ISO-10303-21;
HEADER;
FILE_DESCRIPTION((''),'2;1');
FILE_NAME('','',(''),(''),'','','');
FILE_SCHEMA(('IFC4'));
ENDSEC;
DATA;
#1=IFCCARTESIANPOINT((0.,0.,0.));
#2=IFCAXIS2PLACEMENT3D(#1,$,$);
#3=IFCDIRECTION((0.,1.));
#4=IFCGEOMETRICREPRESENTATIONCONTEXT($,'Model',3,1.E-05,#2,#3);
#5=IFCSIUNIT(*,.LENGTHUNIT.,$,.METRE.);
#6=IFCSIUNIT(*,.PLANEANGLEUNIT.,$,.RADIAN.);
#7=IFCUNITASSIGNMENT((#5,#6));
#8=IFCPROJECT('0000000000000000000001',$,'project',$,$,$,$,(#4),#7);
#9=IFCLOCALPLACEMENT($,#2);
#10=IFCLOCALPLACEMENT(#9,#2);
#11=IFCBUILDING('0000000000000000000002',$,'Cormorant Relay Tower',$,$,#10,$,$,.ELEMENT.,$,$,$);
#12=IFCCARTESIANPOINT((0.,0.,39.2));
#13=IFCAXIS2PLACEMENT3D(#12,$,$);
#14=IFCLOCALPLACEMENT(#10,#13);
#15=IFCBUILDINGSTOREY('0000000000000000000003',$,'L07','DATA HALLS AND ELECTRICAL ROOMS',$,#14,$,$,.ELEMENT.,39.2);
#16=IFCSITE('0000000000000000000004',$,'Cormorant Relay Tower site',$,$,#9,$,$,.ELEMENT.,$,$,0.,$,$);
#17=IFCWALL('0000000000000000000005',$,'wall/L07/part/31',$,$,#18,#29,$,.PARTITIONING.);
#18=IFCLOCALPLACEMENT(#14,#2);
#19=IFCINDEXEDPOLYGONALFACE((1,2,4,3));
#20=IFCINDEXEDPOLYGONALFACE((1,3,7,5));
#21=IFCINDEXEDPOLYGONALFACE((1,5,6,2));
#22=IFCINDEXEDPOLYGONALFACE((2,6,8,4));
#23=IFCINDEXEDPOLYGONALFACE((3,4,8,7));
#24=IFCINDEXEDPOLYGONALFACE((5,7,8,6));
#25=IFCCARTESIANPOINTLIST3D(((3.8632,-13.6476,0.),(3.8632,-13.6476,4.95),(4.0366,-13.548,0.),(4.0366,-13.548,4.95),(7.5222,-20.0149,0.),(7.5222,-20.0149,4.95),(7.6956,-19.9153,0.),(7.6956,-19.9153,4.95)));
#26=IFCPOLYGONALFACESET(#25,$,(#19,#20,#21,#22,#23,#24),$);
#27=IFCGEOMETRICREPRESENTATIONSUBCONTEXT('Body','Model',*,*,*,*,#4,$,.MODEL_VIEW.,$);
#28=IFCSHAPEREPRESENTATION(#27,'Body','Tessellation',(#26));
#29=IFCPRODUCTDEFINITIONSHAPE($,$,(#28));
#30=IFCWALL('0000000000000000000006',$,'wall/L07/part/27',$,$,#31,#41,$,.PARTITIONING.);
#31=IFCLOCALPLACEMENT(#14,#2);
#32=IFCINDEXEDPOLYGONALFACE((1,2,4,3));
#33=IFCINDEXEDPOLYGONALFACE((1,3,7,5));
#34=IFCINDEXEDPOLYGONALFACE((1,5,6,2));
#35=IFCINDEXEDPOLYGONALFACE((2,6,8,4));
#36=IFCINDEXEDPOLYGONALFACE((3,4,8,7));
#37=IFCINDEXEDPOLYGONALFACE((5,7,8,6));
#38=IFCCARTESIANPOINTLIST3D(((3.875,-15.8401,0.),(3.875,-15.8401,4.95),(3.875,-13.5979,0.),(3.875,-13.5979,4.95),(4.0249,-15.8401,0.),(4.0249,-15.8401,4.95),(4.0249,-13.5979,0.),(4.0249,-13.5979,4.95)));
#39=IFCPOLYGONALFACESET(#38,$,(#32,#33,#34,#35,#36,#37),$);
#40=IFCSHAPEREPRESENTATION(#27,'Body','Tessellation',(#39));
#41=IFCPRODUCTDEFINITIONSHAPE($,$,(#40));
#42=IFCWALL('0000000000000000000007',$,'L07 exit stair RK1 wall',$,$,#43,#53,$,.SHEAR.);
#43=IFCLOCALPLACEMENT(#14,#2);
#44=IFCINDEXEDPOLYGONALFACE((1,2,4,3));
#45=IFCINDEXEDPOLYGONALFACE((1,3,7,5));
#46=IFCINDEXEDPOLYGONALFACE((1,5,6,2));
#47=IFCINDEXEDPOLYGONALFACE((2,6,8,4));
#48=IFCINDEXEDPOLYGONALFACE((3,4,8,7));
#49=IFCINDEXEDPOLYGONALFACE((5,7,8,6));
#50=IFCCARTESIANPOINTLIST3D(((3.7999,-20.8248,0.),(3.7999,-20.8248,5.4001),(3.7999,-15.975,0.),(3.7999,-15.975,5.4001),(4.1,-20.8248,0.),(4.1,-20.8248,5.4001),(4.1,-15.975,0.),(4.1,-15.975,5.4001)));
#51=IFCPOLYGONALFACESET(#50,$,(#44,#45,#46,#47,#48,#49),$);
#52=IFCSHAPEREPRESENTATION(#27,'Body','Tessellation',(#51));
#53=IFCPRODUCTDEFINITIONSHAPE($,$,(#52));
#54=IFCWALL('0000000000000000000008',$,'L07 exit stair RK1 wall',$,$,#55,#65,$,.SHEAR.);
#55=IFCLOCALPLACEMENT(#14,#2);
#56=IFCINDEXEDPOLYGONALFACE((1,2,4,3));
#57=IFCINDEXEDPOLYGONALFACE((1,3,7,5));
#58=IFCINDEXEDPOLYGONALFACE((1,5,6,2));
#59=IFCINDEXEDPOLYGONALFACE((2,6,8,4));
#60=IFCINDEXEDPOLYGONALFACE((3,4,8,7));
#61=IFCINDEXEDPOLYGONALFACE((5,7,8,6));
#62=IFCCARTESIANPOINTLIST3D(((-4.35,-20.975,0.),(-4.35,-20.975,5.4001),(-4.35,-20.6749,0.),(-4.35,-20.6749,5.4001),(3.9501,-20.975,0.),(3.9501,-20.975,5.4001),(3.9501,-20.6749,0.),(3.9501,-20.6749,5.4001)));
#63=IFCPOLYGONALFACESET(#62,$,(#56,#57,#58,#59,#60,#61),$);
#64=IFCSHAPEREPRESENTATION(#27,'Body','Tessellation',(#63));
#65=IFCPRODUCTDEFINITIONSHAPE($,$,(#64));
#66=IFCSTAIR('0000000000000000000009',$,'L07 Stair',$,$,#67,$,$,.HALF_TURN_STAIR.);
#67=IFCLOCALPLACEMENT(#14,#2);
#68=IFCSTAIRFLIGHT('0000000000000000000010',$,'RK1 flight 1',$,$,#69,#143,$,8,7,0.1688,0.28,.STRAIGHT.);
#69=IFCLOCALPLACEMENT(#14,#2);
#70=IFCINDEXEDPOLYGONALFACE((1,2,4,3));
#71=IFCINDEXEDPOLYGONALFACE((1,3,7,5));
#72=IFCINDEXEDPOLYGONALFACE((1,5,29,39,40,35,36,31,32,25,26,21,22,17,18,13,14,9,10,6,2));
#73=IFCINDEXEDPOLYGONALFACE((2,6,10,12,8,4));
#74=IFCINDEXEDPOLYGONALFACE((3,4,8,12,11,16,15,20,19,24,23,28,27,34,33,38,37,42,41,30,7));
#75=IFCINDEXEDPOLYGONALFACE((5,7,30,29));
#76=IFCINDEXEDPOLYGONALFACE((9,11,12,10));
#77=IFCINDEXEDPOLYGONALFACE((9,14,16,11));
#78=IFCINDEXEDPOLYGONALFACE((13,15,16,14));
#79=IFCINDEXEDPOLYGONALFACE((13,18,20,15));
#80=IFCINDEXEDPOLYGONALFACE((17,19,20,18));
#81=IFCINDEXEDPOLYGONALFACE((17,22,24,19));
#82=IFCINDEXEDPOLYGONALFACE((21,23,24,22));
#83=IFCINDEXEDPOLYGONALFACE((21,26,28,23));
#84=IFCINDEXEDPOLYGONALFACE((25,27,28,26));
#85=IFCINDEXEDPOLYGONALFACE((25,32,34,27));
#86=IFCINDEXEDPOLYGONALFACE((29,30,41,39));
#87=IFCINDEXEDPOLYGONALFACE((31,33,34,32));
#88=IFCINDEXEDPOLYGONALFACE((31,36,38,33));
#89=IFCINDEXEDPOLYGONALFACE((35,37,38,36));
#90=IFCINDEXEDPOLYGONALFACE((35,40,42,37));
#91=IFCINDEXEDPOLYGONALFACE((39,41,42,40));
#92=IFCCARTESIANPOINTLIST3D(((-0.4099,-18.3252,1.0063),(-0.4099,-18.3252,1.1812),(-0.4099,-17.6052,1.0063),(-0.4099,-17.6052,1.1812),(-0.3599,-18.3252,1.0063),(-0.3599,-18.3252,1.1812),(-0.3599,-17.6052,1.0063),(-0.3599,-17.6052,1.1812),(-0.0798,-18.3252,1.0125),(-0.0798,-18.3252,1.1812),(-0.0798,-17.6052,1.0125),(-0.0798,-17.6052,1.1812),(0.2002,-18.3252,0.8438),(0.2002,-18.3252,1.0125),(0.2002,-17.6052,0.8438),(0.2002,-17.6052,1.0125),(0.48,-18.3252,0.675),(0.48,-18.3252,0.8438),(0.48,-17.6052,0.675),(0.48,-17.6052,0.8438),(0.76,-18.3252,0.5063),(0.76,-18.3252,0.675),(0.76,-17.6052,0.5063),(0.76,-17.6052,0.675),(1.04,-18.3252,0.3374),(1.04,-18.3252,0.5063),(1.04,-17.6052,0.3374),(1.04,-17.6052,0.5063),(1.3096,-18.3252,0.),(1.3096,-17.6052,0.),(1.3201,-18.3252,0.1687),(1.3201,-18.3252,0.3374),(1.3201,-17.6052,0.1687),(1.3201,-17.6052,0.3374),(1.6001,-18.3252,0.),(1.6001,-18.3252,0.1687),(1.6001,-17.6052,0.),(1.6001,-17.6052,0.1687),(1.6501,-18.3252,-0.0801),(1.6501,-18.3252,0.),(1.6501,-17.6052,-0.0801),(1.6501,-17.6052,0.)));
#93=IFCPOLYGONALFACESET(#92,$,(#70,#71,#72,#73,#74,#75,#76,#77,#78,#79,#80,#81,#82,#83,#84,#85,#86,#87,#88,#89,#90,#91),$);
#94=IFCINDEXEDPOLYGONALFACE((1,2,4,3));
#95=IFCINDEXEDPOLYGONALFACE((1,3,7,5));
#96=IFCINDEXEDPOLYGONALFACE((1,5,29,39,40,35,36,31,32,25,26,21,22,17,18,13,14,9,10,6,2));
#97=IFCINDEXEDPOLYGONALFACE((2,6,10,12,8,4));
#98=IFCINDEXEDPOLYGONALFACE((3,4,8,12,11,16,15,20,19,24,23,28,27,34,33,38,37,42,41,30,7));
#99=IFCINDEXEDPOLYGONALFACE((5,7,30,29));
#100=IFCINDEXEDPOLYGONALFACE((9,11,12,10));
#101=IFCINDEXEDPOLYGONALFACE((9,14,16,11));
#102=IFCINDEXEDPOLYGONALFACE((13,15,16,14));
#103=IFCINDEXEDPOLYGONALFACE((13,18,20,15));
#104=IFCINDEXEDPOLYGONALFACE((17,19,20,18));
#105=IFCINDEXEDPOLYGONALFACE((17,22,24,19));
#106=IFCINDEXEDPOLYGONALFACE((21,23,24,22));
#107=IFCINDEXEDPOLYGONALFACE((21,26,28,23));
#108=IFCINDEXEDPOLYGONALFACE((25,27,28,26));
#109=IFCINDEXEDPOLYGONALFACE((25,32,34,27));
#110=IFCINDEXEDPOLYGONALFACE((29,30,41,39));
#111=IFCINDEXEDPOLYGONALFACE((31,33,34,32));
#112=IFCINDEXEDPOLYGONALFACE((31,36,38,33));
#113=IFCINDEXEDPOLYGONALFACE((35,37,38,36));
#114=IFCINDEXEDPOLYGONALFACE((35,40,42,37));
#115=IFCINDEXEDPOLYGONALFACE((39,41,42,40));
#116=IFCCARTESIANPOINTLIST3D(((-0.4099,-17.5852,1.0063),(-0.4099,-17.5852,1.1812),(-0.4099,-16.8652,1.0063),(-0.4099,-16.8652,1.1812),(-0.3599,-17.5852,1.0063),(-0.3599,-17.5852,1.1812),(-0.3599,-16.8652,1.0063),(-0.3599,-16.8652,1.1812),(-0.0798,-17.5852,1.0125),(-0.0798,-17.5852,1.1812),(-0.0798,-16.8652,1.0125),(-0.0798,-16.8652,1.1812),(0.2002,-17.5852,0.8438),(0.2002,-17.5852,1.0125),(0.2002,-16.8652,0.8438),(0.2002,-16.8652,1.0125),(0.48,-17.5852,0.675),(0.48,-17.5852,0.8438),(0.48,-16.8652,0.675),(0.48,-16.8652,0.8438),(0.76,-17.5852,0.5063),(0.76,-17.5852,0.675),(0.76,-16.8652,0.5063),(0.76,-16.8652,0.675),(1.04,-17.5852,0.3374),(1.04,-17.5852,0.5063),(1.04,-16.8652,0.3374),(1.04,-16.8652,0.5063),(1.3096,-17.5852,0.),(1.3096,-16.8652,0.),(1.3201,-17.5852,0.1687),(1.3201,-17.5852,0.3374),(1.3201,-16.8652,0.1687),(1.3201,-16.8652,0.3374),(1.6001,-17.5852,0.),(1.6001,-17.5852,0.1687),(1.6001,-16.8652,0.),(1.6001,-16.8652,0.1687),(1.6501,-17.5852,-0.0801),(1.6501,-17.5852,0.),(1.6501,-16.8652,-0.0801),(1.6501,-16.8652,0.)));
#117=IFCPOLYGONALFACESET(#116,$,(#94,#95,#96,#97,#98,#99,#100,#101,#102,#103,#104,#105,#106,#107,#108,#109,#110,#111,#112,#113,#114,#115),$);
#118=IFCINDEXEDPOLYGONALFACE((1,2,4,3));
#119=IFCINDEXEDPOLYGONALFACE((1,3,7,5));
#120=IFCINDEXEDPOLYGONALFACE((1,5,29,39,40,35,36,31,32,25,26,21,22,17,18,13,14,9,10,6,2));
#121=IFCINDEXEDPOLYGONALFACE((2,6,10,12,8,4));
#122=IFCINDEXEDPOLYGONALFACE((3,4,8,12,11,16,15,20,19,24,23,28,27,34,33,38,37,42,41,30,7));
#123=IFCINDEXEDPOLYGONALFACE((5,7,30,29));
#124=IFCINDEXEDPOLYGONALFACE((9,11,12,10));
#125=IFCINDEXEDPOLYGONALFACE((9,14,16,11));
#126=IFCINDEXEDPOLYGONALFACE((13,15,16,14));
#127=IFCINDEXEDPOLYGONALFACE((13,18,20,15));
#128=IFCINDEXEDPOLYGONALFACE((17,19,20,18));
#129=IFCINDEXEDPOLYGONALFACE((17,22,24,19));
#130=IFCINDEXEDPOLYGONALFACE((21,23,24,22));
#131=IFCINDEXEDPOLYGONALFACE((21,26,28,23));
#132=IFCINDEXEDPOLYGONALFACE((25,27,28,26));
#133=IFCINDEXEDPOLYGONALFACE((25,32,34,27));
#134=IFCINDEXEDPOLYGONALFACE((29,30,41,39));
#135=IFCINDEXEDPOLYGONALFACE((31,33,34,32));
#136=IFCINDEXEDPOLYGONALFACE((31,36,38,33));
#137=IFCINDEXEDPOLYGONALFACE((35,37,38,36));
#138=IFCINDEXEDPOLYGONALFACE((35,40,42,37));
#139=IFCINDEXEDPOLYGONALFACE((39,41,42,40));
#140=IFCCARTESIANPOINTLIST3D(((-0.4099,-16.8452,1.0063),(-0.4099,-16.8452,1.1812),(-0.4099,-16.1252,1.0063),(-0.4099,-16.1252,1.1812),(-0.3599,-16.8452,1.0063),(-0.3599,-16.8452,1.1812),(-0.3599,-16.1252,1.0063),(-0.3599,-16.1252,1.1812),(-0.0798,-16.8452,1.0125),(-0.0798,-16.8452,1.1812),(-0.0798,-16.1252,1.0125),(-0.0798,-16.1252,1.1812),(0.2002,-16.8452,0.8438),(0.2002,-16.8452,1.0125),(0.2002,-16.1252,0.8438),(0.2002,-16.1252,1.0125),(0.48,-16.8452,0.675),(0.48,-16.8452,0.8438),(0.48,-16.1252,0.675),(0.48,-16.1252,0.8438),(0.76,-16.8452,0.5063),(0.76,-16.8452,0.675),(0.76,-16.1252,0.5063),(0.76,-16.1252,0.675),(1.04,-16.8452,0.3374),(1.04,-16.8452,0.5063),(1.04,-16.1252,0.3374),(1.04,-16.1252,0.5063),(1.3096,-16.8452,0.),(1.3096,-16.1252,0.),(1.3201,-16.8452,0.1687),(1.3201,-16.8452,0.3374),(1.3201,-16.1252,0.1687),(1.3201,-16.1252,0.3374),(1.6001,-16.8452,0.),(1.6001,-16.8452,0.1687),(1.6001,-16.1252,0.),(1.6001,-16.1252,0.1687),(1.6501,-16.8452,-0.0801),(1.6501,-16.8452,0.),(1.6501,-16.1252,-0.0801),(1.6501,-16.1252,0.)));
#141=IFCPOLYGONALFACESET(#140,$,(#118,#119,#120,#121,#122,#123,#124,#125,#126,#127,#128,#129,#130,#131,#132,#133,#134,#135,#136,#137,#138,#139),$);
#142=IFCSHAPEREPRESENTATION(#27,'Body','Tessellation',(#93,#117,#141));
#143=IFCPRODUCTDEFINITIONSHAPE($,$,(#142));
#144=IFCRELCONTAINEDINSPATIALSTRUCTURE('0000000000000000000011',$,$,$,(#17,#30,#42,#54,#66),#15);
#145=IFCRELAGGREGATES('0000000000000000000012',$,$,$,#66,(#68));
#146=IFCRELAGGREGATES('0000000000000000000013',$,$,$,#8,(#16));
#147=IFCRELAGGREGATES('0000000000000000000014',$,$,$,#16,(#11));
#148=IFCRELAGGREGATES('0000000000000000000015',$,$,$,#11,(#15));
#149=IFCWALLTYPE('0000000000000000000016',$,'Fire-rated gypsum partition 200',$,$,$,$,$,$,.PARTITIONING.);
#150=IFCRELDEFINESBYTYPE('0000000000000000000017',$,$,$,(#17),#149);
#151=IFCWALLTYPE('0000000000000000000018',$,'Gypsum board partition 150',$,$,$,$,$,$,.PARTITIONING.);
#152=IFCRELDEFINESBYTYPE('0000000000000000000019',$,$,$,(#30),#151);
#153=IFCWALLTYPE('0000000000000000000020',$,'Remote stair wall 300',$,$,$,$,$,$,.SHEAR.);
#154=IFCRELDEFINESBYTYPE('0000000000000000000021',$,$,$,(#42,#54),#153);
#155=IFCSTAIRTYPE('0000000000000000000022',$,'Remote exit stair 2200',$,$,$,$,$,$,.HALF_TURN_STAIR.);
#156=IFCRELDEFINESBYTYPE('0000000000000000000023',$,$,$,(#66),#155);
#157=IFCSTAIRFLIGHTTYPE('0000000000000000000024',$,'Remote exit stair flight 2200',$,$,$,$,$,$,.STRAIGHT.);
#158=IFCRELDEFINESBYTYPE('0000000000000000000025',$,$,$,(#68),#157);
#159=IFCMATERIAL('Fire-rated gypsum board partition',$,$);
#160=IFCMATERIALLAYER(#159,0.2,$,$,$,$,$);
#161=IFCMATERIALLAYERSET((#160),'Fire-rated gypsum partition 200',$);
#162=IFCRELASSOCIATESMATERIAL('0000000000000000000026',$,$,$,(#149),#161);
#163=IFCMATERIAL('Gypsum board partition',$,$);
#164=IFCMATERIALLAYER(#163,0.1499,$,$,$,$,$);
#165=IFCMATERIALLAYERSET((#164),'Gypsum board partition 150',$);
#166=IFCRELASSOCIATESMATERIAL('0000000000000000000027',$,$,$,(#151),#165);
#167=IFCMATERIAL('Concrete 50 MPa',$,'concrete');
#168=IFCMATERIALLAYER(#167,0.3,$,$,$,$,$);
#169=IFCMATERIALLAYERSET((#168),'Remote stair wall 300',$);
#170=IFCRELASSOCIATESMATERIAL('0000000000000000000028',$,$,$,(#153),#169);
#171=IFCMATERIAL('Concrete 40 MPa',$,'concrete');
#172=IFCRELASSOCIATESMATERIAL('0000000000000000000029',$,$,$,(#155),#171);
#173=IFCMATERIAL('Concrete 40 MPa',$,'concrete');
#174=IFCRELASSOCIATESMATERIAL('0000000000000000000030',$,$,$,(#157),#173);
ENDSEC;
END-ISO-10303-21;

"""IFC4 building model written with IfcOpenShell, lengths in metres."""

from ifc_helpers import new_model, si_unit, direction, frame, frame_2d, origin, place, context, subcontext, project, spatial, polyline, rectangle, outline, extrude, material, layer, layer_set, type_object, element, aggregate, save


model = new_model("IFC4")

# Units and contexts
model_context = context("Model", 3, precision=1e-05, world=origin(), true_north=direction((0.0, 1.0)))
body_context = subcontext(model_context, "Body", "Model", "MODEL_VIEW")
ifc_project = project(units=[si_unit("LENGTHUNIT", "METRE"), si_unit("PLANEANGLEUNIT", "RADIAN")], contexts=[model_context])

# Site, building, storey
site_placement = place(None, origin())
site = spatial("IfcSite", under=ifc_project, at=site_placement, Name="Cormorant Relay Tower site", CompositionType="ELEMENT", RefElevation=0.0)
building_placement = place(site_placement, origin())
building = spatial("IfcBuilding", under=site, at=building_placement, Name="Cormorant Relay Tower", CompositionType="ELEMENT")
storey_placement = place(building_placement, frame((0.0, 0.0, 39.2)))
storey = spatial("IfcBuildingStorey", under=building, at=storey_placement, Name="L07", Description="DATA HALLS AND ELECTRICAL ROOMS", CompositionType="ELEMENT", Elevation=39.2)

# Shared definitions
ifc_material_1 = material(Name="Fire-rated gypsum board partition")
ifc_layer_1 = layer(ifc_material_1, 0.2)
ifc_layer_set_1 = layer_set([ifc_layer_1], Name="Fire-rated gypsum partition 200")
wall_type_1 = type_object("IfcWallType", Name="Fire-rated gypsum partition 200", PredefinedType="PARTITIONING", material=ifc_layer_set_1)

# Walls
wall_1_placement = place(storey_placement, frame((7.6089, -19.9651, 0.0), z_axis=(0.0, 0.0, 1.0), x_axis=(-0.498246, 0.867036, 0.0)))
element("IfcWall", 1, at=wall_1_placement, inside=storey, type_object=wall_type_1, Name="wall/L07/part/31", PredefinedType="PARTITIONING", context=body_context, shape_type="SweptSolid", body=[
    extrude(rectangle(XDim=7.3438, YDim=0.2, at=frame_2d((3.6719, 0.0))), origin(), (0.0, 0.0, 1.0), 4.95),
])
ifc_material_2 = material(Name="Gypsum board partition")
ifc_layer_2 = layer(ifc_material_2, 0.1499)
ifc_layer_set_2 = layer_set([ifc_layer_2], Name="Gypsum board partition 150")
wall_type_2 = type_object("IfcWallType", Name="Gypsum board partition 150", PredefinedType="PARTITIONING", material=ifc_layer_set_2)
wall_2_placement = place(storey_placement, frame((3.95, -13.5979, 0.0), z_axis=(0.0, 0.0, 1.0), x_axis=(0.0, -1.0, 0.0)))
element("IfcWall", 2, at=wall_2_placement, inside=storey, type_object=wall_type_2, Name="wall/L07/part/27", PredefinedType="PARTITIONING", context=body_context, shape_type="SweptSolid", body=[
    extrude(rectangle(XDim=2.2422, YDim=0.1499, at=frame_2d((1.1211, 0.0))), origin(), (0.0, 0.0, 1.0), 4.95),
])
ifc_material_3 = material(Name="Concrete 50 MPa", Category="concrete")
ifc_layer_3 = layer(ifc_material_3, 0.3)
ifc_layer_set_3 = layer_set([ifc_layer_3], Name="Remote stair wall 300")
wall_type_3 = type_object("IfcWallType", Name="Remote stair wall 300", PredefinedType="SHEAR", material=ifc_layer_set_3)
wall_3_placement = place(storey_placement, frame((3.95, -15.9751, 0.0), z_axis=(0.0, 0.0, 1.0), x_axis=(0.0, -1.0, 0.0)))
element("IfcWall", 3, at=wall_3_placement, inside=storey, type_object=wall_type_3, Name="L07 exit stair RK1 wall", PredefinedType="SHEAR", context=body_context, shape_type="SweptSolid", body=[
    extrude(rectangle(XDim=4.8499, YDim=0.3, at=frame_2d((2.4248, 0.0))), origin(), (0.0, 0.0, 1.0), 5.4001),
])
wall_4_placement = place(storey_placement, frame((3.95, -20.825, 0.0), z_axis=(0.0, 0.0, 1.0), x_axis=(-1.0, 0.0, 0.0)))
element("IfcWall", 4, at=wall_4_placement, inside=storey, type_object=wall_type_3, Name="L07 exit stair RK1 wall", PredefinedType="SHEAR", context=body_context, shape_type="SweptSolid", body=[
    extrude(rectangle(XDim=8.3, YDim=0.3, at=frame_2d((4.1499, 0.0))), origin(), (0.0, 0.0, 1.0), 5.4001),
])

# Stair, stair flight
ifc_material_4 = material(Name="Concrete 40 MPa", Category="concrete")
stair_type = type_object("IfcStairType", Name="Remote exit stair 2200", PredefinedType="HALF_TURN_STAIR", material=ifc_material_4)
stair_placement = place(storey_placement, origin())
stair = element("IfcStair", 5, at=stair_placement, inside=storey, type_object=stair_type, Name="L07 Stair", PredefinedType="HALF_TURN_STAIR")
ifc_material_5 = material(Name="Concrete 40 MPa", Category="concrete")
stair_flight_type = type_object("IfcStairFlightType", Name="Remote exit stair flight 2200", PredefinedType="STRAIGHT", material=ifc_material_5)
stair_flight_1_placement = place(storey_placement, frame((1.6001, -17.2251, 0.0), z_axis=(0.0, 0.0, 1.0), x_axis=(-1.0, 0.0, 0.0)))
stair_flight_1 = element("IfcStairFlight", 6, at=stair_flight_1_placement, type_object=stair_flight_type, Name="RK1 flight 1", NumberOfRisers=8, NumberOfTreads=7, PredefinedType="STRAIGHT", RiserHeight=0.1688, TreadLength=0.28, context=body_context, shape_type="SweptSolid", body=[
    extrude(outline(polyline([(-0.05, -0.0801), (-0.05, 0.0), (0.0, 0.0), (0.0, 0.1687), (0.28, 0.1687), (0.28, 0.3374), (0.5601, 0.3374), (0.5601, 0.5063), (0.8401, 0.5063), (0.8401, 0.675), (1.1201, 0.675), (1.1201, 0.8438), (1.3999, 0.8438), (1.3999, 1.0125), (1.6799, 1.0125), (1.6799, 1.1812), (1.96, 1.1812), (2.01, 1.1812), (2.01, 1.0063), (1.96, 1.0063), (0.2905, 0.0), (-0.05, -0.0801)])), frame((0.0, 1.1001, 0.0), z_axis=(0.0, -1.0, 0.0), x_axis=(1.0, 0.0, 0.0)), (0.0, 0.0, 1.0), 0.72),
    extrude(outline(polyline([(-0.05, -0.0801), (-0.05, 0.0), (0.0, 0.0), (0.0, 0.1687), (0.28, 0.1687), (0.28, 0.3374), (0.5601, 0.3374), (0.5601, 0.5063), (0.8401, 0.5063), (0.8401, 0.675), (1.1201, 0.675), (1.1201, 0.8438), (1.3999, 0.8438), (1.3999, 1.0125), (1.6799, 1.0125), (1.6799, 1.1812), (1.96, 1.1812), (2.01, 1.1812), (2.01, 1.0063), (1.96, 1.0063), (0.2905, 0.0), (-0.05, -0.0801)])), frame((0.0, 0.3601, 0.0), z_axis=(0.0, -1.0, 0.0), x_axis=(1.0, 0.0, 0.0)), (0.0, 0.0, 1.0), 0.72),
    extrude(outline(polyline([(-0.05, -0.0801), (-0.05, 0.0), (0.0, 0.0), (0.0, 0.1687), (0.28, 0.1687), (0.28, 0.3374), (0.5601, 0.3374), (0.5601, 0.5063), (0.8401, 0.5063), (0.8401, 0.675), (1.1201, 0.675), (1.1201, 0.8438), (1.3999, 0.8438), (1.3999, 1.0125), (1.6799, 1.0125), (1.6799, 1.1812), (1.96, 1.1812), (2.01, 1.1812), (2.01, 1.0063), (1.96, 1.0063), (0.2905, 0.0), (-0.05, -0.0801)])), frame((0.0, -0.3799, 0.0), z_axis=(0.0, -1.0, 0.0), x_axis=(1.0, 0.0, 0.0)), (0.0, 0.0, 1.0), 0.72),
])
aggregate(stair, [stair_flight_1])

save(model, "model.ifc")
